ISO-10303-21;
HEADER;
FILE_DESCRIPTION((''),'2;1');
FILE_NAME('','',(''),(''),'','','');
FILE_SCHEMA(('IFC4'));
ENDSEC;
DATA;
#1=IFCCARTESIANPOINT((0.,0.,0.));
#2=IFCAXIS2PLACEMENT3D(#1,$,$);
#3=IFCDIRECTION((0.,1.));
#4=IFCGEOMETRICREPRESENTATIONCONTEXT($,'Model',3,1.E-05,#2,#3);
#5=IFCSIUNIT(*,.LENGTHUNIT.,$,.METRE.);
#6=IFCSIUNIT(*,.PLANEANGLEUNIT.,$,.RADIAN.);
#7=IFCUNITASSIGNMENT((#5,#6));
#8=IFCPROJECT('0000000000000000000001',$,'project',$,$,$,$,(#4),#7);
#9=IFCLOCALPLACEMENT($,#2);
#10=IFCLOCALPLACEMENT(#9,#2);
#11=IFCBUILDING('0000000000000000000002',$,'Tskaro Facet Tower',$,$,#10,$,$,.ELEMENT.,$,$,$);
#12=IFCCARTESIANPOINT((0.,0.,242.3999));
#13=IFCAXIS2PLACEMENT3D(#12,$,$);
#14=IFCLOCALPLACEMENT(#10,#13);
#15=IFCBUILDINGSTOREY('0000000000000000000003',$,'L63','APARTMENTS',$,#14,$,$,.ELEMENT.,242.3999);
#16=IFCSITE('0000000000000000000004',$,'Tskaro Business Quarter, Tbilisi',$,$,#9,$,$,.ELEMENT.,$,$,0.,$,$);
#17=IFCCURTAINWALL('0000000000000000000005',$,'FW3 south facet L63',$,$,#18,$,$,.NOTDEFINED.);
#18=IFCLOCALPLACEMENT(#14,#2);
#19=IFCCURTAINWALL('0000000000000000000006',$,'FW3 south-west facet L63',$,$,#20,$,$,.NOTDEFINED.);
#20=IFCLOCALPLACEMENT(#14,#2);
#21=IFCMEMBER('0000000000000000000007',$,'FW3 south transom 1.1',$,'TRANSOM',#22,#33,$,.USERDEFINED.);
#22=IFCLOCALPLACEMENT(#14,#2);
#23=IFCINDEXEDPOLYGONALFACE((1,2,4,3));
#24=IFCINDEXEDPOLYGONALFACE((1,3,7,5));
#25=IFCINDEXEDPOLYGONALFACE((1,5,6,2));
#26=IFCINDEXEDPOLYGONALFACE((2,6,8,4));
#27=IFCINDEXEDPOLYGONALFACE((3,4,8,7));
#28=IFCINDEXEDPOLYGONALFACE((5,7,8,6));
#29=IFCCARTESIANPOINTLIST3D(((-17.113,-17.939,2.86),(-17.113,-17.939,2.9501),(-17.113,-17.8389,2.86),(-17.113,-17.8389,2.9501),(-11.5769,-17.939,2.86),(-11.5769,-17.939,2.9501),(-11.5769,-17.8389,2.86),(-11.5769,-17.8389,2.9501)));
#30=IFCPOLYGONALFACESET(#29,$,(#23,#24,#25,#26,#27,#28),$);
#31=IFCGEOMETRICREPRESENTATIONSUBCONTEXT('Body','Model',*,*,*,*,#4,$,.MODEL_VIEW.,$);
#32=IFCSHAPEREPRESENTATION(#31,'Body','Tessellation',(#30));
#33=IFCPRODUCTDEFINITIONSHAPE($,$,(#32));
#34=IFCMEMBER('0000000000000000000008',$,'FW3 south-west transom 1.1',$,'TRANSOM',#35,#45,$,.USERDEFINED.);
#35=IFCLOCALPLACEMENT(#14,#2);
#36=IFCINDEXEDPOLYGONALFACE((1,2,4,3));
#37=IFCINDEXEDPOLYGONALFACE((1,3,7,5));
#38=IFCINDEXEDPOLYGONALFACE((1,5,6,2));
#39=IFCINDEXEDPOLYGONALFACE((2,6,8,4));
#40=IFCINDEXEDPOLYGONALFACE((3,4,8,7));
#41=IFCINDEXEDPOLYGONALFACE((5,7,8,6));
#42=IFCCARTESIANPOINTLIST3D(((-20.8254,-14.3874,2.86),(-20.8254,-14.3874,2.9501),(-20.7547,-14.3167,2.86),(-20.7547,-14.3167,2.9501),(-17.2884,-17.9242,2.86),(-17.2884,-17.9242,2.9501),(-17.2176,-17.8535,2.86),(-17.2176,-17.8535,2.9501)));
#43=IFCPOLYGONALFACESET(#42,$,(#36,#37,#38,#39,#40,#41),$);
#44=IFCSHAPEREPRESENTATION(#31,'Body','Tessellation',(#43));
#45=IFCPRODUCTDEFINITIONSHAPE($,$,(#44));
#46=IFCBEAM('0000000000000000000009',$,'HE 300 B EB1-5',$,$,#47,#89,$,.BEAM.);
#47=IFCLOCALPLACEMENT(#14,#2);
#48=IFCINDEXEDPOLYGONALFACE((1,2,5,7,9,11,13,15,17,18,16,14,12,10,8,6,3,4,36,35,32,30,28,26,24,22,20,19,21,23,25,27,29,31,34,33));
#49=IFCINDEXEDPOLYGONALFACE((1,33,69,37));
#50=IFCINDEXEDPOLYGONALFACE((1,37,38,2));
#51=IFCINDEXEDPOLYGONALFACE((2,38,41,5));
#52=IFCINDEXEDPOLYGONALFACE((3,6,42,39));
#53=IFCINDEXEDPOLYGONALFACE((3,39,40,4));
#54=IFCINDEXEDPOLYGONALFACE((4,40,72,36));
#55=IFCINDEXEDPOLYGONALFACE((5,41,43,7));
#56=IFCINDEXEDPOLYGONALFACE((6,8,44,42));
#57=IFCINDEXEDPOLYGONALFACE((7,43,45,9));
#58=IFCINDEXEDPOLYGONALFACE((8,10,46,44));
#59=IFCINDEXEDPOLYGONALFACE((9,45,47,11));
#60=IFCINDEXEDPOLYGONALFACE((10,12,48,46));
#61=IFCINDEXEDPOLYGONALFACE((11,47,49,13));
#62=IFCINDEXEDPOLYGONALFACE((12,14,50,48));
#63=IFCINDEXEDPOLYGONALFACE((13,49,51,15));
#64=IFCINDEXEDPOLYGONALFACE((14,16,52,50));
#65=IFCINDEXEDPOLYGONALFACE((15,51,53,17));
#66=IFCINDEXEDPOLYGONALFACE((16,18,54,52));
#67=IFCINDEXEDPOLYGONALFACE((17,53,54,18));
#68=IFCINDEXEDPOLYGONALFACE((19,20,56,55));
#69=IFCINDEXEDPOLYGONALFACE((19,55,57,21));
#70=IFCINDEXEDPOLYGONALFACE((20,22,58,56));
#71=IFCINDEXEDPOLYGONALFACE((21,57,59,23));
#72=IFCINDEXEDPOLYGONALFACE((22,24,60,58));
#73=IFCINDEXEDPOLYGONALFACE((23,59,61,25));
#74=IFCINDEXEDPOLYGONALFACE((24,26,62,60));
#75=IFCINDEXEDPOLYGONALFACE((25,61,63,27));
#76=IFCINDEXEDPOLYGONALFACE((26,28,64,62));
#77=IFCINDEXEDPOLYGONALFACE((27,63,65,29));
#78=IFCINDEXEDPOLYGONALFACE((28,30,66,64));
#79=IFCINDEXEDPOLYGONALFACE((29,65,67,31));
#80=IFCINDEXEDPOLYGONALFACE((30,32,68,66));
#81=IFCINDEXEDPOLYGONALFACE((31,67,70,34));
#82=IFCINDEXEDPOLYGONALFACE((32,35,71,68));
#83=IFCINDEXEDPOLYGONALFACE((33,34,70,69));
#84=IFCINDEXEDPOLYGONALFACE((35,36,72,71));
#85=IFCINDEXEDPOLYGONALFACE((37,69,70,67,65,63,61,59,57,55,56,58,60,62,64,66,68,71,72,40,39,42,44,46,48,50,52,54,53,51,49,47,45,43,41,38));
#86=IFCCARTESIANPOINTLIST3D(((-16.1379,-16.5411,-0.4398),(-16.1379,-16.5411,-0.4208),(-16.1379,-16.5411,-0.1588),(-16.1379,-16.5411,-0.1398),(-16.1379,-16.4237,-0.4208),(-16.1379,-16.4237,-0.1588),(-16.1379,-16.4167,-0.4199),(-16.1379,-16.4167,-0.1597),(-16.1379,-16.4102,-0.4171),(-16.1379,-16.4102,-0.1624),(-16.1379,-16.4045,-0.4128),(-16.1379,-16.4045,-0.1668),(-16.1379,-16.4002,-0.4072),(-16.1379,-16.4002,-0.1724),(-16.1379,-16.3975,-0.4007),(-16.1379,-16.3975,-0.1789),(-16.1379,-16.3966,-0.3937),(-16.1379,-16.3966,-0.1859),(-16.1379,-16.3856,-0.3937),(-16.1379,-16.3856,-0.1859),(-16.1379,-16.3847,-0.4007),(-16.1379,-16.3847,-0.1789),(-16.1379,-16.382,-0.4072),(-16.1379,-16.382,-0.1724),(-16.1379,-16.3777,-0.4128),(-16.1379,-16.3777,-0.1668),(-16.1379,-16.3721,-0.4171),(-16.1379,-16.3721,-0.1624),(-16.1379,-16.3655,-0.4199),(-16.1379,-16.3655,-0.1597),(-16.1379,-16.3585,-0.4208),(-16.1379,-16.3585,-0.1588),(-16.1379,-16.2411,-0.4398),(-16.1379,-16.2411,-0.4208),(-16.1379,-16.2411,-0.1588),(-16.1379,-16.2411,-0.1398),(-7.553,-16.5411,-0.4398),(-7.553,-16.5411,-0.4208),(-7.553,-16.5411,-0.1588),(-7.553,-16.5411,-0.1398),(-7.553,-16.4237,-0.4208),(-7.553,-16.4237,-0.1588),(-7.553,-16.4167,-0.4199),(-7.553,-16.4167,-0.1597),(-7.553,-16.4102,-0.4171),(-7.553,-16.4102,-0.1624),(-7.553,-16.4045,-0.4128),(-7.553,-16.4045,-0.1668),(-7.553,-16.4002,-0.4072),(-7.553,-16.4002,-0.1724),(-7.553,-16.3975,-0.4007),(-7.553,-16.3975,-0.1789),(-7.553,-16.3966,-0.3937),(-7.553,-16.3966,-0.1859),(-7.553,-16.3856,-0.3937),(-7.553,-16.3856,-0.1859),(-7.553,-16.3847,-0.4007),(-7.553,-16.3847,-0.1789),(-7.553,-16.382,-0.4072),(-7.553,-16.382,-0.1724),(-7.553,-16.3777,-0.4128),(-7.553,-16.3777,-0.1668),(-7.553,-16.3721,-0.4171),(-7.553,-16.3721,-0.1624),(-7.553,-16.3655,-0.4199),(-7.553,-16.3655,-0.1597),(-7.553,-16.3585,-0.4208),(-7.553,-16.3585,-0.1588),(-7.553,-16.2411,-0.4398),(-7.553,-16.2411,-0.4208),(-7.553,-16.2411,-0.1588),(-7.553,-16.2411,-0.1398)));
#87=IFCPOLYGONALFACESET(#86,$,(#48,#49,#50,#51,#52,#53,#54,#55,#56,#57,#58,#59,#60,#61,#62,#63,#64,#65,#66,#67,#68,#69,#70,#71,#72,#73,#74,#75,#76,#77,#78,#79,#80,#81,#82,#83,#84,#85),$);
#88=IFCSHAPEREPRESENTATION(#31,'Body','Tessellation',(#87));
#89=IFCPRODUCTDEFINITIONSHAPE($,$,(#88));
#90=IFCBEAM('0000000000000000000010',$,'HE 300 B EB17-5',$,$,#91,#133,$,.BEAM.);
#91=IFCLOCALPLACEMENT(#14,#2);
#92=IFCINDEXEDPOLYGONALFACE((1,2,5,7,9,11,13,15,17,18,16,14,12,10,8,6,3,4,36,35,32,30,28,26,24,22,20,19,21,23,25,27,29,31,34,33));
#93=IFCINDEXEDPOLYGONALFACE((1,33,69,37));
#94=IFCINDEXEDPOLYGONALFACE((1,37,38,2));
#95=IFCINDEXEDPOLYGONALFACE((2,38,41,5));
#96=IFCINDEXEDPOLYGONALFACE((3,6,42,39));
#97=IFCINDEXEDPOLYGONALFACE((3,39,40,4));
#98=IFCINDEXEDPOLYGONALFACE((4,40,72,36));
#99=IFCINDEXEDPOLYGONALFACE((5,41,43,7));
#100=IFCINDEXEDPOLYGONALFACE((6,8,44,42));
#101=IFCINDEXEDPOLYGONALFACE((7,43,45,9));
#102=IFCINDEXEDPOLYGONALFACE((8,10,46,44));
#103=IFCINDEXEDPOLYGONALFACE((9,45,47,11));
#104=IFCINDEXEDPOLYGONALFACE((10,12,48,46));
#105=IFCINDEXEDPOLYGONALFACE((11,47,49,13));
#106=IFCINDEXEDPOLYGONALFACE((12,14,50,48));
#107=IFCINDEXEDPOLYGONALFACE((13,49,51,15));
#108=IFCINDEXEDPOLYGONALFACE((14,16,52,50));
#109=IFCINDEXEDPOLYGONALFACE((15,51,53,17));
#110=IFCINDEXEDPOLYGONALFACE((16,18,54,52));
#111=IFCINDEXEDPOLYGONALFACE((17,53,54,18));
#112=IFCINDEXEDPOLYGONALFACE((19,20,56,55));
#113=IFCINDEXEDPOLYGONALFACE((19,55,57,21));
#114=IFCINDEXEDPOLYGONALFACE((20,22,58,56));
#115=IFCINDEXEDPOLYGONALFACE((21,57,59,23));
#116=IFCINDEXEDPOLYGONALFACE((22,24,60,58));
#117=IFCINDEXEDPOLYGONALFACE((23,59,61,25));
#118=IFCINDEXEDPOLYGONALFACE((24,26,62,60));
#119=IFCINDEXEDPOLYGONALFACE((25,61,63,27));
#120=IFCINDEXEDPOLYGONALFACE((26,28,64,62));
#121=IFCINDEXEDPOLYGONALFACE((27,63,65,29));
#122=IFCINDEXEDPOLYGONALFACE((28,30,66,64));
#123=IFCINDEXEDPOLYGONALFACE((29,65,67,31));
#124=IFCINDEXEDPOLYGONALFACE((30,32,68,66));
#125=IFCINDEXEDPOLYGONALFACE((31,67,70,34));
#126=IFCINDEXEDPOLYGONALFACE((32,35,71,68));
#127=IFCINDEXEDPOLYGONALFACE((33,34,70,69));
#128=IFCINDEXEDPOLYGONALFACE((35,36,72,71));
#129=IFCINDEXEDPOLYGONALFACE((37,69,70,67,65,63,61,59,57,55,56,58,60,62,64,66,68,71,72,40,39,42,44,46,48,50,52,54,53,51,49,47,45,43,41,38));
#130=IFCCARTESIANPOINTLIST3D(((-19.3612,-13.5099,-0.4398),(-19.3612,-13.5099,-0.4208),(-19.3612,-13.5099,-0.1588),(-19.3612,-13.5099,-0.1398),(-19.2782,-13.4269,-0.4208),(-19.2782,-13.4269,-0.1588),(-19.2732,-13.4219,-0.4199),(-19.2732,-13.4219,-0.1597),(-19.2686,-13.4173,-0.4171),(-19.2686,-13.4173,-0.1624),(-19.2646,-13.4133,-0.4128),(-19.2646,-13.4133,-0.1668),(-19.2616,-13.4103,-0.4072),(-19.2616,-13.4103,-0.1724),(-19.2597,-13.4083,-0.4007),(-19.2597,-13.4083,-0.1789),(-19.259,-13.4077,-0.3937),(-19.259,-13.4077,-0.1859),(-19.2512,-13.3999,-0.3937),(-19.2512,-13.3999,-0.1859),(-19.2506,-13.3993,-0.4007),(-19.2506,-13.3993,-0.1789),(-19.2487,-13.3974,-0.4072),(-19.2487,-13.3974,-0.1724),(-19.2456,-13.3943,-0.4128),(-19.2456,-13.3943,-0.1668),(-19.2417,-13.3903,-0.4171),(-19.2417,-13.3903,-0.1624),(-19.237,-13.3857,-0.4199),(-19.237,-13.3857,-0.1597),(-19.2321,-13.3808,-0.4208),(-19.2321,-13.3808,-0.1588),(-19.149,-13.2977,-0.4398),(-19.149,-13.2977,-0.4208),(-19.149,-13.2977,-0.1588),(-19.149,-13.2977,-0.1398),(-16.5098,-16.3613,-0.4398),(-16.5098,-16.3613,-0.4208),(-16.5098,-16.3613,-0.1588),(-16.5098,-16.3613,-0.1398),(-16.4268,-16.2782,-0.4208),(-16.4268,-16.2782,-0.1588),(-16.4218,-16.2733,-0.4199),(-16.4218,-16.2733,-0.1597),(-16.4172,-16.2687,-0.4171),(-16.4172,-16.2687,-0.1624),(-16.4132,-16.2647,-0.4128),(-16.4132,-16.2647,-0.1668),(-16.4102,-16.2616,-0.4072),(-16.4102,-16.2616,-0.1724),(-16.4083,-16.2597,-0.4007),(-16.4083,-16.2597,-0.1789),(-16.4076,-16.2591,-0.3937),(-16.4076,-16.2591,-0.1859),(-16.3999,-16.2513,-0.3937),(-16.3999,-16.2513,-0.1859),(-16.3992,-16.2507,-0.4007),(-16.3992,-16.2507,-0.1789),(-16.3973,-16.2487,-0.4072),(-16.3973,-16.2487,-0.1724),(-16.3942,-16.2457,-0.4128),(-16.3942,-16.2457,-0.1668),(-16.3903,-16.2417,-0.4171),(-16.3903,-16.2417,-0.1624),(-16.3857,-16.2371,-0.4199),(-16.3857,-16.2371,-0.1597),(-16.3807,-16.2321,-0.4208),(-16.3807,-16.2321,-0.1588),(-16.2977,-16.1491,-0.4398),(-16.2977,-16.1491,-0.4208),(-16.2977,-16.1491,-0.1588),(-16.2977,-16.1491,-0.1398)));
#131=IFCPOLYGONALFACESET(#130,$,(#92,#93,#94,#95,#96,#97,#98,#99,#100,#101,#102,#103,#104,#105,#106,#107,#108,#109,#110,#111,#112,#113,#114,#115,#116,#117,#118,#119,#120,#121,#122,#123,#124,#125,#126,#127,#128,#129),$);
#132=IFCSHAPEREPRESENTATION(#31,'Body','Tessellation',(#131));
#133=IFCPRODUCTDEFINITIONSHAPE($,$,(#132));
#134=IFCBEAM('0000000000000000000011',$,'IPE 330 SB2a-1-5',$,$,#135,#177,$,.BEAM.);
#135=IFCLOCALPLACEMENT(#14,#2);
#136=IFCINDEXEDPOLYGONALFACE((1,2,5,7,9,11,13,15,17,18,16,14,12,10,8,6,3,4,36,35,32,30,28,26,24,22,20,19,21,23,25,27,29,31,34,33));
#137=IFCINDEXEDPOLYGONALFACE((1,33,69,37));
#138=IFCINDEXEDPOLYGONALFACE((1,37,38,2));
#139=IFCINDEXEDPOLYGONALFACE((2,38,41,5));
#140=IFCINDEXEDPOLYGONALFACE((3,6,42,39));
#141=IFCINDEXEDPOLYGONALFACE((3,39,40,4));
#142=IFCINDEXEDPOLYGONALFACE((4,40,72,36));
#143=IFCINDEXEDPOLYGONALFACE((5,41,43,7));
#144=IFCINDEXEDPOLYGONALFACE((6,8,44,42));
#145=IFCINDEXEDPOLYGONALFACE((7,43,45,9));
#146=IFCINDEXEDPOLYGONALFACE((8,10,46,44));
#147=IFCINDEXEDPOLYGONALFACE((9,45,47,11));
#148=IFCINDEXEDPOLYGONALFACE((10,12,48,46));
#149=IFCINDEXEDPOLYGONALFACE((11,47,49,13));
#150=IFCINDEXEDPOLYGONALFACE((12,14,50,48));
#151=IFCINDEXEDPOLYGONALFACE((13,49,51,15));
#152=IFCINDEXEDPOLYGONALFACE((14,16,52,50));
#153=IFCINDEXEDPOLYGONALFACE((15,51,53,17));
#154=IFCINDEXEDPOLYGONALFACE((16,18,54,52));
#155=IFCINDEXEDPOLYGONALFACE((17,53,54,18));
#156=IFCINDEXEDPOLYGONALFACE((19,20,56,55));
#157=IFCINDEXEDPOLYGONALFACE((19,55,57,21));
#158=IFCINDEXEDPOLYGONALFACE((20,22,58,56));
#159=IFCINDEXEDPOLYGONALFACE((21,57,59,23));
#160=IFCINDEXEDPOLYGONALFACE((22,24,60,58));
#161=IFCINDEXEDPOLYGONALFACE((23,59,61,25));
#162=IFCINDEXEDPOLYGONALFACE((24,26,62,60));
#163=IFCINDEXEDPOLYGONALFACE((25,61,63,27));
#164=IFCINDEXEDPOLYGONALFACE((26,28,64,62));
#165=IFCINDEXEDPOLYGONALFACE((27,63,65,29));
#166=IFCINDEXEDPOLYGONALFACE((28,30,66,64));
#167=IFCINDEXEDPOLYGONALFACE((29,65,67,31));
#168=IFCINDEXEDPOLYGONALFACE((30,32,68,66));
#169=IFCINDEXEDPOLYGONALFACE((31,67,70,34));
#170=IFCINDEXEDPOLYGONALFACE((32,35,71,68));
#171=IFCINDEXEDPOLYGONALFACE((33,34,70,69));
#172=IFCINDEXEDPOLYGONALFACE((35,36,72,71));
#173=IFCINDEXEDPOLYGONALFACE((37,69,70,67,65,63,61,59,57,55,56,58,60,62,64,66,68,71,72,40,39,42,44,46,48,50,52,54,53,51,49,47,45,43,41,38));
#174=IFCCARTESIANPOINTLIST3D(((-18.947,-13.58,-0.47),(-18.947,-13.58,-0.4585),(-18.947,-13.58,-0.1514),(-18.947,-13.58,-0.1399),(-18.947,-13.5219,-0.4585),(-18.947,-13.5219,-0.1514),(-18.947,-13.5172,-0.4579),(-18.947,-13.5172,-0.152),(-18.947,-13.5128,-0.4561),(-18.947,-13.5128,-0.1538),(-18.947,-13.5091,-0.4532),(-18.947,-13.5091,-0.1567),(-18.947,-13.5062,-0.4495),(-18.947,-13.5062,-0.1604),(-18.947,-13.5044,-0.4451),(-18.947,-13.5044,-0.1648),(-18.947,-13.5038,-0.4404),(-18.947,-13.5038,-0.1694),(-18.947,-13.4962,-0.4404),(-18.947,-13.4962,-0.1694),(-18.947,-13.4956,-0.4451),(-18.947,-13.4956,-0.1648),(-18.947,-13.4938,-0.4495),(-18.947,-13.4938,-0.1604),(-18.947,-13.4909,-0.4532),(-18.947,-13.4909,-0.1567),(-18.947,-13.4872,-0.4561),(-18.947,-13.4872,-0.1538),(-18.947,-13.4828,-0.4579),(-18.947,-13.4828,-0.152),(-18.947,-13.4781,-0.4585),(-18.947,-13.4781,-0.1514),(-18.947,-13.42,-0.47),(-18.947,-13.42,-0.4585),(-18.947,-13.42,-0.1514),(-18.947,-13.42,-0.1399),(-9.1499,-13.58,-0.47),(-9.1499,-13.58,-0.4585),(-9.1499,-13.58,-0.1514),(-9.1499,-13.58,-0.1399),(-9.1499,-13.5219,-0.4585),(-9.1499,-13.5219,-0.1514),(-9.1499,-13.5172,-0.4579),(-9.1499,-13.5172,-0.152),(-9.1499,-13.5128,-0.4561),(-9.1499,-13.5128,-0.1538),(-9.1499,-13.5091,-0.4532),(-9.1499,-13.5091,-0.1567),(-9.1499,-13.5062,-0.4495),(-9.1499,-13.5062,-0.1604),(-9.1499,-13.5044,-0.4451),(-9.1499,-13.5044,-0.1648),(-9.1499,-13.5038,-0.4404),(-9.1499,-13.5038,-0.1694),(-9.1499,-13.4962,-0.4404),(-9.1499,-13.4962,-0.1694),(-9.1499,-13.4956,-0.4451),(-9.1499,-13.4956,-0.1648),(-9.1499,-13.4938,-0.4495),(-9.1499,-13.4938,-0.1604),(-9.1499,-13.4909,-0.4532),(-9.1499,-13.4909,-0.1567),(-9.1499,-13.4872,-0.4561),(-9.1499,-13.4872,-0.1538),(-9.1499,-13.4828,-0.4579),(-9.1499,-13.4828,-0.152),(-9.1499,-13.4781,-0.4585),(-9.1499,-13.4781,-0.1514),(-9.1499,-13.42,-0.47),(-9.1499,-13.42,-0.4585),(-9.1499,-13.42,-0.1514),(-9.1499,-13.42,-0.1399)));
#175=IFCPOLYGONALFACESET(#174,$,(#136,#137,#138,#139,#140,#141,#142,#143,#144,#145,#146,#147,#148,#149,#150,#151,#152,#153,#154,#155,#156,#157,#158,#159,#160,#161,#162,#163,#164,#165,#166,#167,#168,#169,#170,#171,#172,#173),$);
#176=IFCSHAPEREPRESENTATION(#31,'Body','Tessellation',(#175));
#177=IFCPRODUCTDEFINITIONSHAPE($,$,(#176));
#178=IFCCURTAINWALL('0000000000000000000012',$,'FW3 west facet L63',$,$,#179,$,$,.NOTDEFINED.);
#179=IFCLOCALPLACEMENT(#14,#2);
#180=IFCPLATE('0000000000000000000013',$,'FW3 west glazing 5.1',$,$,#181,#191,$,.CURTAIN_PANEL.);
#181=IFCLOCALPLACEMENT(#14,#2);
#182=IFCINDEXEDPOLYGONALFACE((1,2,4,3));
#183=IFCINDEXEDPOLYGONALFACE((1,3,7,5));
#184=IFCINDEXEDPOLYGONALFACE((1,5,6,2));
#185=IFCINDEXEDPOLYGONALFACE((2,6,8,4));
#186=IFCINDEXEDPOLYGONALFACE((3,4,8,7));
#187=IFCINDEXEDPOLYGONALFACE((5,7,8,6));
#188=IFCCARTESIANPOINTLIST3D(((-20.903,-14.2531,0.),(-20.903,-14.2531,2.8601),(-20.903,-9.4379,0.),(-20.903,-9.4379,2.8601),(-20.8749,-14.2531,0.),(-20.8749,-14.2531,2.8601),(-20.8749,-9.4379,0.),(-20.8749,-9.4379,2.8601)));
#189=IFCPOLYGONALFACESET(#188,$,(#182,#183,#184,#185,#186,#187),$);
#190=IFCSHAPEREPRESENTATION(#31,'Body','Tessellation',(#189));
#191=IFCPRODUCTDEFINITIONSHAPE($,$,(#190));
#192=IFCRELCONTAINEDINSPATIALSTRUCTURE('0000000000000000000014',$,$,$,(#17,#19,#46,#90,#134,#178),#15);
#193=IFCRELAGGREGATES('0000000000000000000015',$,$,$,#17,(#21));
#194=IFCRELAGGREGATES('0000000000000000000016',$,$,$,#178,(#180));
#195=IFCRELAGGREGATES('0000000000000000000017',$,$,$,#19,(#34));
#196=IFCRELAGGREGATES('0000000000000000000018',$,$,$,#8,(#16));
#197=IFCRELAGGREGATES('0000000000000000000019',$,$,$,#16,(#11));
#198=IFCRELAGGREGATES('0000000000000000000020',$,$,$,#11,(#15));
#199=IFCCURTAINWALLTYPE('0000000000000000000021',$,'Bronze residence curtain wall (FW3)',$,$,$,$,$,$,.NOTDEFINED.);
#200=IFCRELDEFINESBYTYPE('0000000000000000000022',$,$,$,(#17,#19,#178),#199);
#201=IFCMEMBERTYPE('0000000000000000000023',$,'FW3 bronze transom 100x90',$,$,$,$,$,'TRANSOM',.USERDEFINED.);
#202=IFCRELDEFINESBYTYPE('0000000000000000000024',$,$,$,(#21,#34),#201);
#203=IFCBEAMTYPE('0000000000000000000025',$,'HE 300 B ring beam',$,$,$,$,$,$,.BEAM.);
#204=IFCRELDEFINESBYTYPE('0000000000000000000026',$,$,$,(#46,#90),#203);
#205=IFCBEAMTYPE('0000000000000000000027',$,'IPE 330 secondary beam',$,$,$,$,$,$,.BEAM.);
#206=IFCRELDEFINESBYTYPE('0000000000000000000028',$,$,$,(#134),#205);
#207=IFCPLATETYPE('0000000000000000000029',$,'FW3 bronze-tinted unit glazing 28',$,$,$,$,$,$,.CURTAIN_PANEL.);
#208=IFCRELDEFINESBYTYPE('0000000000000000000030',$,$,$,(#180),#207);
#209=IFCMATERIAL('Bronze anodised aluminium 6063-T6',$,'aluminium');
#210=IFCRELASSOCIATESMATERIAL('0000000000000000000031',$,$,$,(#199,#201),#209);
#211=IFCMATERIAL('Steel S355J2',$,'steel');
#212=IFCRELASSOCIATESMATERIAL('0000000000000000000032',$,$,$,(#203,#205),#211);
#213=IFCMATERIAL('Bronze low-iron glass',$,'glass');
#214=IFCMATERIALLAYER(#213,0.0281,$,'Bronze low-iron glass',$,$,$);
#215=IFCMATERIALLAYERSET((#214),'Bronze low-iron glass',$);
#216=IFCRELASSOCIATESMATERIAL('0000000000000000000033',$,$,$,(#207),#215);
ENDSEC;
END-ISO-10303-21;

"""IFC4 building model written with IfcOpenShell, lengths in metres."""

from ifc_helpers import new_model, si_unit, direction, frame, origin, origin_2d, place, context, subcontext, project, spatial, rectangle, i_section, extrude, material, layer, layer_set, material_profile, profile_set, type_object, element, aggregate, save


model = new_model("IFC4")

# Units and contexts
model_context = context("Model", 3, precision=1e-05, world=origin(), true_north=direction((0.0, 1.0)))
body_context = subcontext(model_context, "Body", "Model", "MODEL_VIEW")
ifc_project = project(units=[si_unit("LENGTHUNIT", "METRE"), si_unit("PLANEANGLEUNIT", "RADIAN")], contexts=[model_context])

# Site, building, storey
site_placement = place(None, origin())
site = spatial("IfcSite", under=ifc_project, at=site_placement, Name="Tskaro Business Quarter, Tbilisi", CompositionType="ELEMENT", RefElevation=0.0)
building_placement = place(site_placement, origin())
building = spatial("IfcBuilding", under=site, at=building_placement, Name="Tskaro Facet Tower", CompositionType="ELEMENT")
storey_placement = place(building_placement, frame((0.0, 0.0, 242.3999)))
storey = spatial("IfcBuildingStorey", under=building, at=storey_placement, Name="L63", Description="APARTMENTS", CompositionType="ELEMENT", Elevation=242.3999)

# Shared definitions
ifc_material_1 = material(Name="Steel S355J2", Category="steel")

# Curtain walls
ifc_material_2 = material(Name="Bronze anodised aluminium 6063-T6", Category="aluminium")
curtain_wall_type = type_object("IfcCurtainWallType", Name="Bronze residence curtain wall (FW3)", PredefinedType="NOTDEFINED", material=ifc_material_2)
curtain_wall_1_placement = place(storey_placement, origin())
curtain_wall_1 = element("IfcCurtainWall", 1, at=curtain_wall_1_placement, inside=storey, type_object=curtain_wall_type, Name="FW3 south facet L63", PredefinedType="NOTDEFINED")
curtain_wall_2_placement = place(storey_placement, origin())
curtain_wall_2 = element("IfcCurtainWall", 2, at=curtain_wall_2_placement, inside=storey, type_object=curtain_wall_type, Name="FW3 south-west facet L63", PredefinedType="NOTDEFINED")

# Members
ifc_material_profile_1 = material_profile(ifc_material_2, rectangle(XDim=0.1001, YDim=0.0901, at=origin_2d()), Name="Transom 100x90")
ifc_profile_set_1 = profile_set([ifc_material_profile_1], Name="Bronze anodised aluminium 6063-T6")
member_type_1 = type_object("IfcMemberType", Name="FW3 bronze transom 100x90", ElementType="TRANSOM", PredefinedType="USERDEFINED", material=ifc_profile_set_1)
member_1_placement = place(storey_placement, frame((-17.113, -17.8889, 2.905), z_axis=(1.0, 0.0, 0.0), x_axis=(0.0, 1.0, 0.0)))
member_1 = element("IfcMember", 3, at=member_1_placement, type_object=member_type_1, Name="FW3 south transom 1.1", ObjectType="TRANSOM", PredefinedType="USERDEFINED", context=body_context, shape_type="SweptSolid", body=[
    extrude(rectangle(XDim=0.1001, YDim=0.0901, at=origin_2d()), origin(), (0.0, 0.0, 1.0), 5.5361),
])
aggregate(curtain_wall_1, [member_1])
member_2_placement = place(storey_placement, frame((-20.79, -14.3521, 2.905), z_axis=(0.707131, -0.707082, 0.0), x_axis=(0.707082, 0.707131, 0.0)))
member_2 = element("IfcMember", 4, at=member_2_placement, type_object=member_type_1, Name="FW3 south-west transom 1.1", ObjectType="TRANSOM", PredefinedType="USERDEFINED", context=body_context, shape_type="SweptSolid", body=[
    extrude(rectangle(XDim=0.1001, YDim=0.0901, at=origin_2d()), origin(), (0.0, 0.0, 1.0), 5.002),
])

# Beams
ifc_material_profile_2 = material_profile(ifc_material_1, i_section(OverallWidth=0.3, OverallDepth=0.3, WebThickness=0.011, FlangeThickness=0.019, FilletRadius=0.0271, at=origin_2d()), Name="HE 300 B")
ifc_profile_set_2 = profile_set([ifc_material_profile_2], Name="Steel S355J2")
beam_type_1 = type_object("IfcBeamType", Name="HE 300 B ring beam", PredefinedType="BEAM", material=ifc_profile_set_2)
beam_1_placement = place(storey_placement, frame((-16.1379, -16.3911, -0.2898), z_axis=(1.0, 0.0, 0.0), x_axis=(0.0, 1.0, 0.0)))
element("IfcBeam", 5, at=beam_1_placement, inside=storey, type_object=beam_type_1, Name="HE 300 B EB1-5", PredefinedType="BEAM", context=body_context, shape_type="SweptSolid", body=[
    extrude(i_section(OverallWidth=0.3, OverallDepth=0.3, WebThickness=0.011, FlangeThickness=0.019, FilletRadius=0.0271, at=origin_2d()), origin(), (0.0, 0.0, 1.0), 8.585),
])
beam_2_placement = place(storey_placement, frame((-19.2551, -13.4038, -0.2898), z_axis=(0.707107, -0.707107, 0.0), x_axis=(0.707107, 0.707107, 0.0)))
element("IfcBeam", 6, at=beam_2_placement, inside=storey, type_object=beam_type_1, Name="HE 300 B EB17-5", PredefinedType="BEAM", context=body_context, shape_type="SweptSolid", body=[
    extrude(i_section(OverallWidth=0.3, OverallDepth=0.3, WebThickness=0.011, FlangeThickness=0.019, FilletRadius=0.0271, at=origin_2d()), origin(), (0.0, 0.0, 1.0), 4.0325),
])
ifc_material_profile_3 = material_profile(ifc_material_1, i_section(OverallWidth=0.1599, OverallDepth=0.3301, WebThickness=0.0076, FlangeThickness=0.0115, FilletRadius=0.0181, at=origin_2d()), Name="IPE 330")
ifc_profile_set_3 = profile_set([ifc_material_profile_3], Name="Steel S355J2")
beam_type_2 = type_object("IfcBeamType", Name="IPE 330 secondary beam", PredefinedType="BEAM", material=ifc_profile_set_3)
beam_3_placement = place(storey_placement, frame((-18.947, -13.5, -0.3049), z_axis=(1.0, 0.0, 0.0), x_axis=(0.0, 1.0, 0.0)))
element("IfcBeam", 7, at=beam_3_placement, inside=storey, type_object=beam_type_2, Name="IPE 330 SB2a-1-5", PredefinedType="BEAM", context=body_context, shape_type="SweptSolid", body=[
    extrude(i_section(OverallWidth=0.1599, OverallDepth=0.3301, WebThickness=0.0076, FlangeThickness=0.0115, FilletRadius=0.0181, at=origin_2d()), origin(), (0.0, 0.0, 1.0), 9.7971),
])

# Curtain wall, plate
curtain_wall_3_placement = place(storey_placement, origin())
curtain_wall_3 = element("IfcCurtainWall", 8, at=curtain_wall_3_placement, inside=storey, type_object=curtain_wall_type, Name="FW3 west facet L63", PredefinedType="NOTDEFINED")
ifc_material_3 = material(Name="Bronze low-iron glass", Category="glass")
ifc_layer_1 = layer(ifc_material_3, 0.0281, Name="Bronze low-iron glass")
ifc_layer_set_1 = layer_set([ifc_layer_1], Name="Bronze low-iron glass")
plate_type = type_object("IfcPlateType", Name="FW3 bronze-tinted unit glazing 28", PredefinedType="CURTAIN_PANEL", material=ifc_layer_set_1)
plate_1_placement = place(storey_placement, frame((-20.8889, -11.8455, 0.0), z_axis=(0.0, 0.0, 1.0), x_axis=(0.0, -1.0, 0.0)))
plate_1 = element("IfcPlate", 9, at=plate_1_placement, type_object=plate_type, Name="FW3 west glazing 5.1", PredefinedType="CURTAIN_PANEL", context=body_context, shape_type="SweptSolid", body=[
    extrude(rectangle(XDim=4.8152, YDim=0.0281, at=origin_2d()), origin(), (0.0, 0.0, 1.0), 2.8601),
])
aggregate(curtain_wall_3, [plate_1])

aggregate(curtain_wall_2, [member_2])

save(model, "model.ifc")
